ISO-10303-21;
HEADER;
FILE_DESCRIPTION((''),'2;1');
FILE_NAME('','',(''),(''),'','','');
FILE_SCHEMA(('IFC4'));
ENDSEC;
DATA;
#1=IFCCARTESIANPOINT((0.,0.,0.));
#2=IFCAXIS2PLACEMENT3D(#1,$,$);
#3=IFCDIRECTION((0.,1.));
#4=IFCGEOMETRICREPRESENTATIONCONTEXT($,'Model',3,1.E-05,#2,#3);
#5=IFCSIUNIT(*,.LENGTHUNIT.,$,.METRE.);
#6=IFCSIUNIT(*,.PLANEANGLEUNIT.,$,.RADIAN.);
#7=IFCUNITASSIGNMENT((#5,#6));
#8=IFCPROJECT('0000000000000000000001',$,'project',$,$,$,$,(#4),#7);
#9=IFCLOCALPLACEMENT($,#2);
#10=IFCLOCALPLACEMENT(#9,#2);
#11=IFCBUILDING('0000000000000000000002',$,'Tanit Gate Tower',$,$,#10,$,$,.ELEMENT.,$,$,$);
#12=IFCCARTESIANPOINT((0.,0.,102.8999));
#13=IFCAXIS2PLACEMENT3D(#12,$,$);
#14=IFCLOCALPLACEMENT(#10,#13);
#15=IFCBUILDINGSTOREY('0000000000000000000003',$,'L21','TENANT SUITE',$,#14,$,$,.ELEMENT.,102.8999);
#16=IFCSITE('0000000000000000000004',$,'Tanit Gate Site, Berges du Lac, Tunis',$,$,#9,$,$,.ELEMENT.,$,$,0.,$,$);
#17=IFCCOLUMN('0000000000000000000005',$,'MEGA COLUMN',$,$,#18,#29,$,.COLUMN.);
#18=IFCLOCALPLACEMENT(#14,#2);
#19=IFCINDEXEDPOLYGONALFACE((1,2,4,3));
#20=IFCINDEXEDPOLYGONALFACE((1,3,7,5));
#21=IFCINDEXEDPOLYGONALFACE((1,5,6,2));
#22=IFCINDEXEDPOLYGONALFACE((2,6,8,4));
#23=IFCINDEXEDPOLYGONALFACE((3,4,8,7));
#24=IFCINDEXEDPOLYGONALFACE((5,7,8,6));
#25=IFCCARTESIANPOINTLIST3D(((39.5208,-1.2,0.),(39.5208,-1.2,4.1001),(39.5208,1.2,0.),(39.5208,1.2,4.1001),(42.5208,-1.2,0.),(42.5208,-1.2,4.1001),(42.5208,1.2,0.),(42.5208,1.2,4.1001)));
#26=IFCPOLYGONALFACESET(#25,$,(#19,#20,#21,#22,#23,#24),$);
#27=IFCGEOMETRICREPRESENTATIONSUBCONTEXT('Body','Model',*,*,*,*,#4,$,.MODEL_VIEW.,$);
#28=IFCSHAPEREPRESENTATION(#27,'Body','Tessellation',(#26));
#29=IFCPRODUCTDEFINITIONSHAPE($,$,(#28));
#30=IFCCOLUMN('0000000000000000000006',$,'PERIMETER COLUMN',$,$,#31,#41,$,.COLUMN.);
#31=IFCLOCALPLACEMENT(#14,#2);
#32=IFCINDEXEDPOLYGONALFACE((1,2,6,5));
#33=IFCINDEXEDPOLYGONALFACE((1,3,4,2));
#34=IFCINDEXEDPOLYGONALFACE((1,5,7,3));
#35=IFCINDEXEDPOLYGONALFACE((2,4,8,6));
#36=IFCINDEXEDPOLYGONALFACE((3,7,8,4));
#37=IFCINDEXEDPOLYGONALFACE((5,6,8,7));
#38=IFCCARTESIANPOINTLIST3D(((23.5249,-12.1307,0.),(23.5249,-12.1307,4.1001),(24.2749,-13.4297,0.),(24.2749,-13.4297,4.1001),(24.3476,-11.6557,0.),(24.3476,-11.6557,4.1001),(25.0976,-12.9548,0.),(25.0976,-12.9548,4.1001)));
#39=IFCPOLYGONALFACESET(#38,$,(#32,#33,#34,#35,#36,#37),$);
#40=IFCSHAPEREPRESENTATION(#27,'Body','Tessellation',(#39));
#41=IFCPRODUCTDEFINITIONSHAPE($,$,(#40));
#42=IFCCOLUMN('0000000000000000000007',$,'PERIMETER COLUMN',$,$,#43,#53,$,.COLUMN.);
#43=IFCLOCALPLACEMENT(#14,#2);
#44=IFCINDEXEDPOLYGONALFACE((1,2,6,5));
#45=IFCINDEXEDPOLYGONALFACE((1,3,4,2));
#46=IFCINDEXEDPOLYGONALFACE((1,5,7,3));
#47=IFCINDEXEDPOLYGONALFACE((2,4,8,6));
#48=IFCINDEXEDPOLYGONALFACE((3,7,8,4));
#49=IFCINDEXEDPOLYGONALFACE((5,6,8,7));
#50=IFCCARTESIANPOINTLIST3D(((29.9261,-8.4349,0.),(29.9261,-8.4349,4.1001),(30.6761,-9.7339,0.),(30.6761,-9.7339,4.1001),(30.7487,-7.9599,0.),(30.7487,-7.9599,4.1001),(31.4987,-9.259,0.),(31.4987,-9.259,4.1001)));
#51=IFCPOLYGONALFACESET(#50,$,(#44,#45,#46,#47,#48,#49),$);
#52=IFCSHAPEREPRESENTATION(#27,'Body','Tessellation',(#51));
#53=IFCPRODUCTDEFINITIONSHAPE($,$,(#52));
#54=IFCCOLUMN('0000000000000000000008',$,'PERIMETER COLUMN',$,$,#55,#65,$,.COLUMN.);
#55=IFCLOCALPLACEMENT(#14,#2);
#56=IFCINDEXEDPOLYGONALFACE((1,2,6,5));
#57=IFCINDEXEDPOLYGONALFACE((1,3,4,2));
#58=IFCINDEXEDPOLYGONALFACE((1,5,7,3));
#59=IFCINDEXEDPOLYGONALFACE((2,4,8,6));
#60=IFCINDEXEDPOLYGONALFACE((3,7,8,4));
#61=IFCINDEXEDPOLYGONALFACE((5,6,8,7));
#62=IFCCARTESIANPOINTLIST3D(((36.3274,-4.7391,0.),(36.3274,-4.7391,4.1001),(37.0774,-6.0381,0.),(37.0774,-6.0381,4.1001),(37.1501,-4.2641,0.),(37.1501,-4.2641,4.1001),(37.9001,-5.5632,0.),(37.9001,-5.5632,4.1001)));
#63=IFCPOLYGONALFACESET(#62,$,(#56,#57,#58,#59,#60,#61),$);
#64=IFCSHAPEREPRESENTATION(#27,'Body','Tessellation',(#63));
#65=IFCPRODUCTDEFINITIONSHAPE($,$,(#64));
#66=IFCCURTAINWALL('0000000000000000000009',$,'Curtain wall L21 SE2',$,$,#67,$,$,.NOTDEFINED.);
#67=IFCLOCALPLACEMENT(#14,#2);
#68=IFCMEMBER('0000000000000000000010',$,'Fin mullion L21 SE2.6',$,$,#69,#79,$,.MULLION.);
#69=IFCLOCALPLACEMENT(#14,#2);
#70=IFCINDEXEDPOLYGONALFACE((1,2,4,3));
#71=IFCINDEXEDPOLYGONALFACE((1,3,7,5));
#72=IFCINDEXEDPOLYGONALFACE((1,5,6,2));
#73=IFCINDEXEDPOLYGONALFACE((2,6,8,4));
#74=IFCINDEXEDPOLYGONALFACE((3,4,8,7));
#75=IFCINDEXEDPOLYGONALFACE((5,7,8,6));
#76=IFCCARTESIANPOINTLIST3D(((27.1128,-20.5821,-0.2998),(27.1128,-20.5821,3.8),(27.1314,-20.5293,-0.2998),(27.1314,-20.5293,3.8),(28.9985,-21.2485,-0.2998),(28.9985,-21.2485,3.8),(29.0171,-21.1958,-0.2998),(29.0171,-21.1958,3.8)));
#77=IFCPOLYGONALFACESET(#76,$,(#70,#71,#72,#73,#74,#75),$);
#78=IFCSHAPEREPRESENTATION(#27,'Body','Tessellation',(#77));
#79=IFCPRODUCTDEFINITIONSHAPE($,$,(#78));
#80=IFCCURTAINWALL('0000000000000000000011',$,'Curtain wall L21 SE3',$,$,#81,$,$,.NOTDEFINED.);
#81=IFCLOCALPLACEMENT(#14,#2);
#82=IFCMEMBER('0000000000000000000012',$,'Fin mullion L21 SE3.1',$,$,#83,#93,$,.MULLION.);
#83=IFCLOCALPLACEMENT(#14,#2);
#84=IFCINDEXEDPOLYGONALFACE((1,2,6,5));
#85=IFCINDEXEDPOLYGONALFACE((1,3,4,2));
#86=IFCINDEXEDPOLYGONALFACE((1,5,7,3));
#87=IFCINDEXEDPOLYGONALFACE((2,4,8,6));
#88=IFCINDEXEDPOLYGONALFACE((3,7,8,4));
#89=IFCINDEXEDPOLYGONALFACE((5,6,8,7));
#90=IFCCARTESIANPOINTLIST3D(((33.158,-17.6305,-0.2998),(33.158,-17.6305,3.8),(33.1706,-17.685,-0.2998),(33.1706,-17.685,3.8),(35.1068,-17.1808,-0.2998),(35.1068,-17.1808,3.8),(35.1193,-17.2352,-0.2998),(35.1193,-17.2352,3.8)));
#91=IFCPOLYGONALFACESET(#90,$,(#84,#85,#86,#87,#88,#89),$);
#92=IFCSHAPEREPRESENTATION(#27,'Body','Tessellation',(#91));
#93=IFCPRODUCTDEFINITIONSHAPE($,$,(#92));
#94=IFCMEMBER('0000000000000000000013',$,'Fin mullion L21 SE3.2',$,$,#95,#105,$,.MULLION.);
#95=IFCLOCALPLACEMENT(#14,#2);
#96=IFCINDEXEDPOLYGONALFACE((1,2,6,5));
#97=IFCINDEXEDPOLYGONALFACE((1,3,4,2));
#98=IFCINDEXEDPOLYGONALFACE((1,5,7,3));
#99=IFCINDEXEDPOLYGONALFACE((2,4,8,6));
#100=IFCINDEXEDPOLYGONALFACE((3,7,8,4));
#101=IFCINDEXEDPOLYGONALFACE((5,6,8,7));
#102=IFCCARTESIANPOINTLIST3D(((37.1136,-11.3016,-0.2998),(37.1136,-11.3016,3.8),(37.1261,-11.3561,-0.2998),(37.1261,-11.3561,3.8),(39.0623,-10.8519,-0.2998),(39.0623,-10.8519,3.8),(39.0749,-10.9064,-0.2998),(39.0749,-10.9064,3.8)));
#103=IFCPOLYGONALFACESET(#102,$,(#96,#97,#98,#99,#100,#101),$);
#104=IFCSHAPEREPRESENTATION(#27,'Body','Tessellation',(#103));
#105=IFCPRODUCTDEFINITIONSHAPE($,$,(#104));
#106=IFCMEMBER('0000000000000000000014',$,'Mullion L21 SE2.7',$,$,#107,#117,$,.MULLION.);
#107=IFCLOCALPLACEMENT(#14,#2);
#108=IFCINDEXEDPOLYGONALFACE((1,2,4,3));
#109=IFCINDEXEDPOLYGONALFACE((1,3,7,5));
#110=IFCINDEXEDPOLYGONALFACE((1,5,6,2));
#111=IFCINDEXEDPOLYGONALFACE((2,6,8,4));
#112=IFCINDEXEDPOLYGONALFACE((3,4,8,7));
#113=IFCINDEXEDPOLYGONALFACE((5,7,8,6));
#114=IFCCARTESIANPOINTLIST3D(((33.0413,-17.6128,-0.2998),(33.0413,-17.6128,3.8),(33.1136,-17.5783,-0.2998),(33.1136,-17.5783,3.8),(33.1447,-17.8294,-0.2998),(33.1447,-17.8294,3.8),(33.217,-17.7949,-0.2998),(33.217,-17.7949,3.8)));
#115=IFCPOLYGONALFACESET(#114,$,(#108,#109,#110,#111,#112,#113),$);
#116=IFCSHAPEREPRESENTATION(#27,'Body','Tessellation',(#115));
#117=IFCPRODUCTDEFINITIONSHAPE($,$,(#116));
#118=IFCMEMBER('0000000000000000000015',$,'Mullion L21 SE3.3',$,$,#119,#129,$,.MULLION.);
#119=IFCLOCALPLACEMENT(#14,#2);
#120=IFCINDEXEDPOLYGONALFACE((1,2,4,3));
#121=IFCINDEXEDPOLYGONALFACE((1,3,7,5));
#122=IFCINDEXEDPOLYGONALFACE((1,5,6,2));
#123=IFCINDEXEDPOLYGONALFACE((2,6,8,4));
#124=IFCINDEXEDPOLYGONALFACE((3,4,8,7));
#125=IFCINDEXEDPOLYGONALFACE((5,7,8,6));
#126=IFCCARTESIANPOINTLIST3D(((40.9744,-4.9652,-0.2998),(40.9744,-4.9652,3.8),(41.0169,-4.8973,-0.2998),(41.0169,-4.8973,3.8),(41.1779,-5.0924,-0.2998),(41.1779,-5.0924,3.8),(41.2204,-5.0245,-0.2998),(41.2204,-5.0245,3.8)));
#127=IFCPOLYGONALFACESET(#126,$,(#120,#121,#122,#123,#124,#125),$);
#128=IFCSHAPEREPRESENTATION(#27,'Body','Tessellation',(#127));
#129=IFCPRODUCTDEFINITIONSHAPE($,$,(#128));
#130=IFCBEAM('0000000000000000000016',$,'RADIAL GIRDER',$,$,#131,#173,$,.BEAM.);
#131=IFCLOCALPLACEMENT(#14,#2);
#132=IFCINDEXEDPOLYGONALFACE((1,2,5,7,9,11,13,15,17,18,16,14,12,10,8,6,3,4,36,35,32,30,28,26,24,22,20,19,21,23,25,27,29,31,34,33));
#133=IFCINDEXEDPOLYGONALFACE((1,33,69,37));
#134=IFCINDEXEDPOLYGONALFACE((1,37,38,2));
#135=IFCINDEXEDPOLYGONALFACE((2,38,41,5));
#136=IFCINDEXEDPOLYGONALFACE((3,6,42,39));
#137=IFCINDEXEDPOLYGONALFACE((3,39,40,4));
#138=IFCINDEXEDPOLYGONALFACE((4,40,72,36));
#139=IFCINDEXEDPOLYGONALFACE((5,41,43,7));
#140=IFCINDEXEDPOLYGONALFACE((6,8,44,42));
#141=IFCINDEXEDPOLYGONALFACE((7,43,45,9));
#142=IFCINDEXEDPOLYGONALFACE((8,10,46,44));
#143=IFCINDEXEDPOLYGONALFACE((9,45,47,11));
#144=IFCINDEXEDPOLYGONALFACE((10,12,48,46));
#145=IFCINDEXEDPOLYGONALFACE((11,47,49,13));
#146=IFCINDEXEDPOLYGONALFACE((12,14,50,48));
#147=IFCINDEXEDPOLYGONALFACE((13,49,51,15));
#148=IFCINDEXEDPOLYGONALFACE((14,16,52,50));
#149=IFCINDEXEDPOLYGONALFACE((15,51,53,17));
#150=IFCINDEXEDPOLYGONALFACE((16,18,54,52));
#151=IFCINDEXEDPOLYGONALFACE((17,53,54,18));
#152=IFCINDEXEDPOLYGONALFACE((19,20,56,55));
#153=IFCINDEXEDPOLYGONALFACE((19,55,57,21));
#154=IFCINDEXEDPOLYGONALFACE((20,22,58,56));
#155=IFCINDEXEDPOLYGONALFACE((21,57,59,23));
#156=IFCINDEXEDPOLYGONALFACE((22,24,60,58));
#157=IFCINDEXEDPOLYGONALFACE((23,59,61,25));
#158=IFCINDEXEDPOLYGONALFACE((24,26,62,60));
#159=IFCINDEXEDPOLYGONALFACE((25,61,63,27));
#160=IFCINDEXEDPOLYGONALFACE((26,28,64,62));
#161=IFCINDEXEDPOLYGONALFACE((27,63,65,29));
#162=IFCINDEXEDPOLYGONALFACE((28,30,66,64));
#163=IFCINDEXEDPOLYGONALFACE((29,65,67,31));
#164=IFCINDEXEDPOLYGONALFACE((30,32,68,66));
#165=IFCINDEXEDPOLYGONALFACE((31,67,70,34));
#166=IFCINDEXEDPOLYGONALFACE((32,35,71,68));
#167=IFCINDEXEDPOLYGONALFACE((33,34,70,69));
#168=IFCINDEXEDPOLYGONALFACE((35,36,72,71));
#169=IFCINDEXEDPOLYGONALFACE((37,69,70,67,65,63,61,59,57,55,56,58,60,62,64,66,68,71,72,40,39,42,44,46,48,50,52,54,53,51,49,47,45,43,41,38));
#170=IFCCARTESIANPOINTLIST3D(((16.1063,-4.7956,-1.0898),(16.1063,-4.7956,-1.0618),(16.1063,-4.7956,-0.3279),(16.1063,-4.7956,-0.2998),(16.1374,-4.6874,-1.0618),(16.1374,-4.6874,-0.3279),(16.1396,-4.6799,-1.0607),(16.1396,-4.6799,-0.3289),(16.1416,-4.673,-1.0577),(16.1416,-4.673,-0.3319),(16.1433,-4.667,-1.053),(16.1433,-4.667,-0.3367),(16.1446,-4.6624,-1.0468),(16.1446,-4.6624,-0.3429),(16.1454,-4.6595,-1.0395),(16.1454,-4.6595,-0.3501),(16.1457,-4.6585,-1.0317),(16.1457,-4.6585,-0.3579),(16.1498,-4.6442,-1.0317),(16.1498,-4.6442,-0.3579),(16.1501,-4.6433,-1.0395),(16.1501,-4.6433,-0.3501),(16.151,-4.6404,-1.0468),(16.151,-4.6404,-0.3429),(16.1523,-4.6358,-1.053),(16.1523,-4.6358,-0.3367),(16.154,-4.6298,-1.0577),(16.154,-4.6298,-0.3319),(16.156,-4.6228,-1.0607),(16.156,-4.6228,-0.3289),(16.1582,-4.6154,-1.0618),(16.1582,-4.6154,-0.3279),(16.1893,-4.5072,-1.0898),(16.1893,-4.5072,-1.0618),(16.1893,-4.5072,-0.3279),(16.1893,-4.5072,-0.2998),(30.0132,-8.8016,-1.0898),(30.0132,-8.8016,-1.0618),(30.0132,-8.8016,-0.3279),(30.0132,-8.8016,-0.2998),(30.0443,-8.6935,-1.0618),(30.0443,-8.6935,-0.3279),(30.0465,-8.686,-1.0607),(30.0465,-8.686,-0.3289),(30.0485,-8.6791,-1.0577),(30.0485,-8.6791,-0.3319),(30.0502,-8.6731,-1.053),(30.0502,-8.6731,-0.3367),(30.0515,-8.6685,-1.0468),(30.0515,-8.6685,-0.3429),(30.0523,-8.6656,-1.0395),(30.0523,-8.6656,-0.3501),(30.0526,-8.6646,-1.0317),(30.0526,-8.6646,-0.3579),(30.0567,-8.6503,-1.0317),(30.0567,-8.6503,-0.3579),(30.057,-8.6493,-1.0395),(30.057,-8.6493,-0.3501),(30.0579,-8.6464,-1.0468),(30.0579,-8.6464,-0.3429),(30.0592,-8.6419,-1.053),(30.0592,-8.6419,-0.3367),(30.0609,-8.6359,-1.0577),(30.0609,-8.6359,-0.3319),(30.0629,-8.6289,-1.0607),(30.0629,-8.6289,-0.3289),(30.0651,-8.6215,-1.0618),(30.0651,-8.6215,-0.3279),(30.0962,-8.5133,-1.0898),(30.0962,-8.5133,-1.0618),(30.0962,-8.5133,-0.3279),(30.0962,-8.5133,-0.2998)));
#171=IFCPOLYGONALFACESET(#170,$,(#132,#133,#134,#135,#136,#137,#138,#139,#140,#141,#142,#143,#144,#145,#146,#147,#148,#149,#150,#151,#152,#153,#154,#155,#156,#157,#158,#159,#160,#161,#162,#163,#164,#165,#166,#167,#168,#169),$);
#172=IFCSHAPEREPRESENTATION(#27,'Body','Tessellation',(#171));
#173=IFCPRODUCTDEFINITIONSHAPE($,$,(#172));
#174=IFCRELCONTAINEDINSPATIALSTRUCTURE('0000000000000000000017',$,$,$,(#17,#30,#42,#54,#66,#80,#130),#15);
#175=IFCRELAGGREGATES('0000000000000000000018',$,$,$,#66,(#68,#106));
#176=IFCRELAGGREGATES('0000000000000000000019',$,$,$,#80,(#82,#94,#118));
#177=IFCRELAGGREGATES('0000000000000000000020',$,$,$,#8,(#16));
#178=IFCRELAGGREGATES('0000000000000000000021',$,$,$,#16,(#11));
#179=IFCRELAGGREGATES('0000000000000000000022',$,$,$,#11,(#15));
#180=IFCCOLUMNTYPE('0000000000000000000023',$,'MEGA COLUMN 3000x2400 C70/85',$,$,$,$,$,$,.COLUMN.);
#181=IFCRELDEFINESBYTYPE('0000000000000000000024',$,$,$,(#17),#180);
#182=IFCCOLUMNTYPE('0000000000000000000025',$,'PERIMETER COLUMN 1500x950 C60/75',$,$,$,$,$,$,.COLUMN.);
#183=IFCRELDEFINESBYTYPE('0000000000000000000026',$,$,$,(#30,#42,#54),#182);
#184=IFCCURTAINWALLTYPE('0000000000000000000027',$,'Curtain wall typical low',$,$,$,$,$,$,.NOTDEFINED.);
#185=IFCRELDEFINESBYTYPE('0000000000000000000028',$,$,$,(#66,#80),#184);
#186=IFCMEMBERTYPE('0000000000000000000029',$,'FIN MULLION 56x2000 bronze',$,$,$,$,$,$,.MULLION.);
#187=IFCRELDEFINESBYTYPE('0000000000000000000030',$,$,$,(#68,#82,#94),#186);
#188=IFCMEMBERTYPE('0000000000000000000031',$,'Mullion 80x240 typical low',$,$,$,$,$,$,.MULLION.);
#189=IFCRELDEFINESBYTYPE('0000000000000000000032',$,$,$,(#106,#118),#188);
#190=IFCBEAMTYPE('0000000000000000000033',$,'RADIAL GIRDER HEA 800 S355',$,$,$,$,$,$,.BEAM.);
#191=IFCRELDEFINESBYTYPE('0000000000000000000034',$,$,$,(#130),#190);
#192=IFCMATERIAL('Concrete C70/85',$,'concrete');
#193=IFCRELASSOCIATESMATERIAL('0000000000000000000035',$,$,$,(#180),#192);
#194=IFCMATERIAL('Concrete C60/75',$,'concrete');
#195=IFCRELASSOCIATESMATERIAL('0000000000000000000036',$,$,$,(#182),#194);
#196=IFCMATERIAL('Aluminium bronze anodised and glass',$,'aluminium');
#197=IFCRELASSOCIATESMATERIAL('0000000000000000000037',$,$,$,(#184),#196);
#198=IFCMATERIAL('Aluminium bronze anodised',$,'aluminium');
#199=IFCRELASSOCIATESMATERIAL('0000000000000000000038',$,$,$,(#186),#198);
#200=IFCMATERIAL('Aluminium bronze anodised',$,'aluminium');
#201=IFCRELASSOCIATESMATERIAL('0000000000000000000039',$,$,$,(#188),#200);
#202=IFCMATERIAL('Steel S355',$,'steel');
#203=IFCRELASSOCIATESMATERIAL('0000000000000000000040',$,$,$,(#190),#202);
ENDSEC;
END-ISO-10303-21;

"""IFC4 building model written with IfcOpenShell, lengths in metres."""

from ifc_helpers import new_model, si_unit, direction, frame, origin, origin_2d, place, context, subcontext, project, spatial, rectangle, i_section, extrude, material, material_profile, profile_set, type_object, element, aggregate, save


model = new_model("IFC4")

# Units and contexts
model_context = context("Model", 3, precision=1e-05, world=origin(), true_north=direction((0.0, 1.0)))
body_context = subcontext(model_context, "Body", "Model", "MODEL_VIEW")
ifc_project = project(units=[si_unit("LENGTHUNIT", "METRE"), si_unit("PLANEANGLEUNIT", "RADIAN")], contexts=[model_context])

# Site, building, storey
site_placement = place(None, origin())
site = spatial("IfcSite", under=ifc_project, at=site_placement, Name="Tanit Gate Site, Berges du Lac, Tunis", CompositionType="ELEMENT", RefElevation=0.0)
building_placement = place(site_placement, origin())
building = spatial("IfcBuilding", under=site, at=building_placement, Name="Tanit Gate Tower", CompositionType="ELEMENT")
storey_placement = place(building_placement, frame((0.0, 0.0, 102.8999)))
storey = spatial("IfcBuildingStorey", under=building, at=storey_placement, Name="L21", Description="TENANT SUITE", CompositionType="ELEMENT", Elevation=102.8999)

# Columns
ifc_material_1 = material(Name="Concrete C70/85", Category="concrete")
ifc_material_profile_1 = material_profile(ifc_material_1, rectangle(XDim=3.0, YDim=2.3999, at=origin_2d()), Name="RC 3000x2400")
ifc_profile_set_1 = profile_set([ifc_material_profile_1], Name="Concrete C70/85")
column_type_1 = type_object("IfcColumnType", Name="MEGA COLUMN 3000x2400 C70/85", PredefinedType="COLUMN", material=ifc_profile_set_1)
column_placement = place(storey_placement, frame((41.0208, 0.0, 0.0), z_axis=(0.0, 0.0, 1.0), x_axis=(1.0, 0.0, 0.0)))
element("IfcColumn", 1, at=column_placement, inside=storey, type_object=column_type_1, Name="MEGA COLUMN", PredefinedType="COLUMN", context=body_context, shape_type="SweptSolid", body=[
    extrude(rectangle(XDim=3.0, YDim=2.3999, at=origin_2d()), origin(), (0.0, 0.0, 1.0), 4.1001),
])
ifc_material_2 = material(Name="Concrete C60/75", Category="concrete")
ifc_material_profile_2 = material_profile(ifc_material_2, rectangle(XDim=1.5, YDim=0.95, at=origin_2d()), Name="RC 1500x950")
ifc_profile_set_2 = profile_set([ifc_material_profile_2], Name="Concrete C60/75")
column_type_2 = type_object("IfcColumnType", Name="PERIMETER COLUMN 1500x950 C60/75", PredefinedType="COLUMN", material=ifc_profile_set_2)
for number, where, z_axis, x_axis, name in (
    (2, (24.3113, -12.5427, 0.0), (0.0, 0.0, 1.0), (0.5, -0.866025, 0.0), "PERIMETER COLUMN"),
    (3, (30.7124, -8.8469, 0.0), (0.0, 0.0, 1.0), (0.5, -0.866025, 0.0), "PERIMETER COLUMN"),
    (4, (37.1138, -5.1511, 0.0), (0.0, 0.0, 1.0), (0.5, -0.866025, 0.0), "PERIMETER COLUMN"),
):
    element("IfcColumn", number, at=place(storey_placement, frame(where, z_axis=z_axis, x_axis=x_axis)), inside=storey, type_object=column_type_2, Name=name, PredefinedType="COLUMN", context=body_context, shape_type="SweptSolid", body=[
        extrude(rectangle(XDim=1.5, YDim=0.95, at=origin_2d()), origin(), (0.0, 0.0, 1.0), 4.1001),
    ])

# Curtain wall, member
ifc_material_3 = material(Name="Aluminium bronze anodised and glass", Category="aluminium")
curtain_wall_type = type_object("IfcCurtainWallType", Name="Curtain wall typical low", PredefinedType="NOTDEFINED", material=ifc_material_3)
curtain_wall_1_placement = place(storey_placement, origin())
curtain_wall_1 = element("IfcCurtainWall", 5, at=curtain_wall_1_placement, inside=storey, type_object=curtain_wall_type, Name="Curtain wall L21 SE2", PredefinedType="NOTDEFINED")
ifc_material_4 = material(Name="Aluminium bronze anodised", Category="aluminium")
ifc_material_profile_3 = material_profile(ifc_material_4, rectangle(XDim=2.0, YDim=0.0559, at=origin_2d()), Name="56x2000 bronze fin mullion")
ifc_profile_set_3 = profile_set([ifc_material_profile_3], Name="Aluminium bronze anodised")
member_type_1 = type_object("IfcMemberType", Name="FIN MULLION 56x2000 bronze", PredefinedType="MULLION", material=ifc_profile_set_3)
member_1_placement = place(storey_placement, frame((28.0649, -20.8889, -0.2998), z_axis=(0.0, 0.0, 1.0), x_axis=(-0.942849, 0.33322, 0.0)))
member_1 = element("IfcMember", 6, at=member_1_placement, type_object=member_type_1, Name="Fin mullion L21 SE2.6", PredefinedType="MULLION", context=body_context, shape_type="SweptSolid", body=[
    extrude(rectangle(XDim=2.0, YDim=0.0559, at=origin_2d()), origin(), (0.0, 0.0, 1.0), 4.0999),
])

# Curtain wall, members
curtain_wall_2_placement = place(storey_placement, origin())
curtain_wall_2 = element("IfcCurtainWall", 7, at=curtain_wall_2_placement, inside=storey, type_object=curtain_wall_type, Name="Curtain wall L21 SE3", PredefinedType="NOTDEFINED")
member_2_placement = place(storey_placement, frame((34.1387, -17.4329, -0.2998), z_axis=(0.0, 0.0, 1.0), x_axis=(-0.974389, -0.224867, 0.0)))
member_2 = element("IfcMember", 8, at=member_2_placement, type_object=member_type_1, Name="Fin mullion L21 SE3.1", PredefinedType="MULLION", context=body_context, shape_type="SweptSolid", body=[
    extrude(rectangle(XDim=2.0, YDim=0.0559, at=origin_2d()), origin(), (0.0, 0.0, 1.0), 4.0999),
])
member_3_placement = place(storey_placement, frame((38.0942, -11.104, -0.2998), z_axis=(0.0, 0.0, 1.0), x_axis=(-0.974389, -0.224867, 0.0)))
member_3 = element("IfcMember", 9, at=member_3_placement, type_object=member_type_1, Name="Fin mullion L21 SE3.2", PredefinedType="MULLION", context=body_context, shape_type="SweptSolid", body=[
    extrude(rectangle(XDim=2.0, YDim=0.0559, at=origin_2d()), origin(), (0.0, 0.0, 1.0), 4.0999),
])

# Members
ifc_material_5 = material(Name="Aluminium bronze anodised", Category="aluminium")
ifc_material_profile_4 = material_profile(ifc_material_5, rectangle(XDim=0.24, YDim=0.0801, at=origin_2d()), Name="80x240 bronze mullion")
ifc_profile_set_4 = profile_set([ifc_material_profile_4], Name="Aluminium bronze anodised")
member_type_2 = type_object("IfcMemberType", Name="Mullion 80x240 typical low", PredefinedType="MULLION", material=ifc_profile_set_4)
member_4_placement = place(storey_placement, frame((33.1292, -17.7039, -0.2998), z_axis=(0.0, 0.0, 1.0), x_axis=(-0.431073, 0.902317, 0.0)))
member_4 = element("IfcMember", 10, at=member_4_placement, type_object=member_type_2, Name="Mullion L21 SE2.7", PredefinedType="MULLION", context=body_context, shape_type="SweptSolid", body=[
    extrude(rectangle(XDim=0.24, YDim=0.0801, at=origin_2d()), origin(), (0.0, 0.0, 1.0), 4.0999),
])
member_5_placement = place(storey_placement, frame((41.0974, -4.9949, -0.2998), z_axis=(0.0, 0.0, 1.0), x_axis=(-0.848003, 0.529992, 0.0)))
member_5 = element("IfcMember", 11, at=member_5_placement, type_object=member_type_2, Name="Mullion L21 SE3.3", PredefinedType="MULLION", context=body_context, shape_type="SweptSolid", body=[
    extrude(rectangle(XDim=0.24, YDim=0.0801, at=origin_2d()), origin(), (0.0, 0.0, 1.0), 4.0999),
])

# Beam
ifc_material_6 = material(Name="Steel S355", Category="steel")
ifc_material_profile_5 = material_profile(ifc_material_6, i_section(OverallWidth=0.3, OverallDepth=0.79, WebThickness=0.0149, FlangeThickness=0.0281, FilletRadius=0.03, at=origin_2d()), Name="HEA 800")
ifc_profile_set_5 = profile_set([ifc_material_profile_5], Name="Steel S355")
beam_type_1 = type_object("IfcBeamType", Name="RADIAL GIRDER HEA 800 S355", PredefinedType="BEAM", material=ifc_profile_set_5)
beam_1_placement = place(storey_placement, frame((30.0547, -8.6575, -0.6948), z_axis=(-0.960925, 0.276808, 0.0), x_axis=(-0.276808, -0.960925, 0.0)))
element("IfcBeam", 12, at=beam_1_placement, inside=storey, type_object=beam_type_1, Name="RADIAL GIRDER", PredefinedType="BEAM", context=body_context, shape_type="SweptSolid", body=[
    extrude(i_section(OverallWidth=0.3, OverallDepth=0.79, WebThickness=0.0149, FlangeThickness=0.0281, FilletRadius=0.03, at=origin_2d()), origin(), (0.0, 0.0, 1.0), 14.4724),
])

aggregate(curtain_wall_1, [member_1, member_4])
aggregate(curtain_wall_2, [member_2, member_3, member_5])

save(model, "model.ifc")
